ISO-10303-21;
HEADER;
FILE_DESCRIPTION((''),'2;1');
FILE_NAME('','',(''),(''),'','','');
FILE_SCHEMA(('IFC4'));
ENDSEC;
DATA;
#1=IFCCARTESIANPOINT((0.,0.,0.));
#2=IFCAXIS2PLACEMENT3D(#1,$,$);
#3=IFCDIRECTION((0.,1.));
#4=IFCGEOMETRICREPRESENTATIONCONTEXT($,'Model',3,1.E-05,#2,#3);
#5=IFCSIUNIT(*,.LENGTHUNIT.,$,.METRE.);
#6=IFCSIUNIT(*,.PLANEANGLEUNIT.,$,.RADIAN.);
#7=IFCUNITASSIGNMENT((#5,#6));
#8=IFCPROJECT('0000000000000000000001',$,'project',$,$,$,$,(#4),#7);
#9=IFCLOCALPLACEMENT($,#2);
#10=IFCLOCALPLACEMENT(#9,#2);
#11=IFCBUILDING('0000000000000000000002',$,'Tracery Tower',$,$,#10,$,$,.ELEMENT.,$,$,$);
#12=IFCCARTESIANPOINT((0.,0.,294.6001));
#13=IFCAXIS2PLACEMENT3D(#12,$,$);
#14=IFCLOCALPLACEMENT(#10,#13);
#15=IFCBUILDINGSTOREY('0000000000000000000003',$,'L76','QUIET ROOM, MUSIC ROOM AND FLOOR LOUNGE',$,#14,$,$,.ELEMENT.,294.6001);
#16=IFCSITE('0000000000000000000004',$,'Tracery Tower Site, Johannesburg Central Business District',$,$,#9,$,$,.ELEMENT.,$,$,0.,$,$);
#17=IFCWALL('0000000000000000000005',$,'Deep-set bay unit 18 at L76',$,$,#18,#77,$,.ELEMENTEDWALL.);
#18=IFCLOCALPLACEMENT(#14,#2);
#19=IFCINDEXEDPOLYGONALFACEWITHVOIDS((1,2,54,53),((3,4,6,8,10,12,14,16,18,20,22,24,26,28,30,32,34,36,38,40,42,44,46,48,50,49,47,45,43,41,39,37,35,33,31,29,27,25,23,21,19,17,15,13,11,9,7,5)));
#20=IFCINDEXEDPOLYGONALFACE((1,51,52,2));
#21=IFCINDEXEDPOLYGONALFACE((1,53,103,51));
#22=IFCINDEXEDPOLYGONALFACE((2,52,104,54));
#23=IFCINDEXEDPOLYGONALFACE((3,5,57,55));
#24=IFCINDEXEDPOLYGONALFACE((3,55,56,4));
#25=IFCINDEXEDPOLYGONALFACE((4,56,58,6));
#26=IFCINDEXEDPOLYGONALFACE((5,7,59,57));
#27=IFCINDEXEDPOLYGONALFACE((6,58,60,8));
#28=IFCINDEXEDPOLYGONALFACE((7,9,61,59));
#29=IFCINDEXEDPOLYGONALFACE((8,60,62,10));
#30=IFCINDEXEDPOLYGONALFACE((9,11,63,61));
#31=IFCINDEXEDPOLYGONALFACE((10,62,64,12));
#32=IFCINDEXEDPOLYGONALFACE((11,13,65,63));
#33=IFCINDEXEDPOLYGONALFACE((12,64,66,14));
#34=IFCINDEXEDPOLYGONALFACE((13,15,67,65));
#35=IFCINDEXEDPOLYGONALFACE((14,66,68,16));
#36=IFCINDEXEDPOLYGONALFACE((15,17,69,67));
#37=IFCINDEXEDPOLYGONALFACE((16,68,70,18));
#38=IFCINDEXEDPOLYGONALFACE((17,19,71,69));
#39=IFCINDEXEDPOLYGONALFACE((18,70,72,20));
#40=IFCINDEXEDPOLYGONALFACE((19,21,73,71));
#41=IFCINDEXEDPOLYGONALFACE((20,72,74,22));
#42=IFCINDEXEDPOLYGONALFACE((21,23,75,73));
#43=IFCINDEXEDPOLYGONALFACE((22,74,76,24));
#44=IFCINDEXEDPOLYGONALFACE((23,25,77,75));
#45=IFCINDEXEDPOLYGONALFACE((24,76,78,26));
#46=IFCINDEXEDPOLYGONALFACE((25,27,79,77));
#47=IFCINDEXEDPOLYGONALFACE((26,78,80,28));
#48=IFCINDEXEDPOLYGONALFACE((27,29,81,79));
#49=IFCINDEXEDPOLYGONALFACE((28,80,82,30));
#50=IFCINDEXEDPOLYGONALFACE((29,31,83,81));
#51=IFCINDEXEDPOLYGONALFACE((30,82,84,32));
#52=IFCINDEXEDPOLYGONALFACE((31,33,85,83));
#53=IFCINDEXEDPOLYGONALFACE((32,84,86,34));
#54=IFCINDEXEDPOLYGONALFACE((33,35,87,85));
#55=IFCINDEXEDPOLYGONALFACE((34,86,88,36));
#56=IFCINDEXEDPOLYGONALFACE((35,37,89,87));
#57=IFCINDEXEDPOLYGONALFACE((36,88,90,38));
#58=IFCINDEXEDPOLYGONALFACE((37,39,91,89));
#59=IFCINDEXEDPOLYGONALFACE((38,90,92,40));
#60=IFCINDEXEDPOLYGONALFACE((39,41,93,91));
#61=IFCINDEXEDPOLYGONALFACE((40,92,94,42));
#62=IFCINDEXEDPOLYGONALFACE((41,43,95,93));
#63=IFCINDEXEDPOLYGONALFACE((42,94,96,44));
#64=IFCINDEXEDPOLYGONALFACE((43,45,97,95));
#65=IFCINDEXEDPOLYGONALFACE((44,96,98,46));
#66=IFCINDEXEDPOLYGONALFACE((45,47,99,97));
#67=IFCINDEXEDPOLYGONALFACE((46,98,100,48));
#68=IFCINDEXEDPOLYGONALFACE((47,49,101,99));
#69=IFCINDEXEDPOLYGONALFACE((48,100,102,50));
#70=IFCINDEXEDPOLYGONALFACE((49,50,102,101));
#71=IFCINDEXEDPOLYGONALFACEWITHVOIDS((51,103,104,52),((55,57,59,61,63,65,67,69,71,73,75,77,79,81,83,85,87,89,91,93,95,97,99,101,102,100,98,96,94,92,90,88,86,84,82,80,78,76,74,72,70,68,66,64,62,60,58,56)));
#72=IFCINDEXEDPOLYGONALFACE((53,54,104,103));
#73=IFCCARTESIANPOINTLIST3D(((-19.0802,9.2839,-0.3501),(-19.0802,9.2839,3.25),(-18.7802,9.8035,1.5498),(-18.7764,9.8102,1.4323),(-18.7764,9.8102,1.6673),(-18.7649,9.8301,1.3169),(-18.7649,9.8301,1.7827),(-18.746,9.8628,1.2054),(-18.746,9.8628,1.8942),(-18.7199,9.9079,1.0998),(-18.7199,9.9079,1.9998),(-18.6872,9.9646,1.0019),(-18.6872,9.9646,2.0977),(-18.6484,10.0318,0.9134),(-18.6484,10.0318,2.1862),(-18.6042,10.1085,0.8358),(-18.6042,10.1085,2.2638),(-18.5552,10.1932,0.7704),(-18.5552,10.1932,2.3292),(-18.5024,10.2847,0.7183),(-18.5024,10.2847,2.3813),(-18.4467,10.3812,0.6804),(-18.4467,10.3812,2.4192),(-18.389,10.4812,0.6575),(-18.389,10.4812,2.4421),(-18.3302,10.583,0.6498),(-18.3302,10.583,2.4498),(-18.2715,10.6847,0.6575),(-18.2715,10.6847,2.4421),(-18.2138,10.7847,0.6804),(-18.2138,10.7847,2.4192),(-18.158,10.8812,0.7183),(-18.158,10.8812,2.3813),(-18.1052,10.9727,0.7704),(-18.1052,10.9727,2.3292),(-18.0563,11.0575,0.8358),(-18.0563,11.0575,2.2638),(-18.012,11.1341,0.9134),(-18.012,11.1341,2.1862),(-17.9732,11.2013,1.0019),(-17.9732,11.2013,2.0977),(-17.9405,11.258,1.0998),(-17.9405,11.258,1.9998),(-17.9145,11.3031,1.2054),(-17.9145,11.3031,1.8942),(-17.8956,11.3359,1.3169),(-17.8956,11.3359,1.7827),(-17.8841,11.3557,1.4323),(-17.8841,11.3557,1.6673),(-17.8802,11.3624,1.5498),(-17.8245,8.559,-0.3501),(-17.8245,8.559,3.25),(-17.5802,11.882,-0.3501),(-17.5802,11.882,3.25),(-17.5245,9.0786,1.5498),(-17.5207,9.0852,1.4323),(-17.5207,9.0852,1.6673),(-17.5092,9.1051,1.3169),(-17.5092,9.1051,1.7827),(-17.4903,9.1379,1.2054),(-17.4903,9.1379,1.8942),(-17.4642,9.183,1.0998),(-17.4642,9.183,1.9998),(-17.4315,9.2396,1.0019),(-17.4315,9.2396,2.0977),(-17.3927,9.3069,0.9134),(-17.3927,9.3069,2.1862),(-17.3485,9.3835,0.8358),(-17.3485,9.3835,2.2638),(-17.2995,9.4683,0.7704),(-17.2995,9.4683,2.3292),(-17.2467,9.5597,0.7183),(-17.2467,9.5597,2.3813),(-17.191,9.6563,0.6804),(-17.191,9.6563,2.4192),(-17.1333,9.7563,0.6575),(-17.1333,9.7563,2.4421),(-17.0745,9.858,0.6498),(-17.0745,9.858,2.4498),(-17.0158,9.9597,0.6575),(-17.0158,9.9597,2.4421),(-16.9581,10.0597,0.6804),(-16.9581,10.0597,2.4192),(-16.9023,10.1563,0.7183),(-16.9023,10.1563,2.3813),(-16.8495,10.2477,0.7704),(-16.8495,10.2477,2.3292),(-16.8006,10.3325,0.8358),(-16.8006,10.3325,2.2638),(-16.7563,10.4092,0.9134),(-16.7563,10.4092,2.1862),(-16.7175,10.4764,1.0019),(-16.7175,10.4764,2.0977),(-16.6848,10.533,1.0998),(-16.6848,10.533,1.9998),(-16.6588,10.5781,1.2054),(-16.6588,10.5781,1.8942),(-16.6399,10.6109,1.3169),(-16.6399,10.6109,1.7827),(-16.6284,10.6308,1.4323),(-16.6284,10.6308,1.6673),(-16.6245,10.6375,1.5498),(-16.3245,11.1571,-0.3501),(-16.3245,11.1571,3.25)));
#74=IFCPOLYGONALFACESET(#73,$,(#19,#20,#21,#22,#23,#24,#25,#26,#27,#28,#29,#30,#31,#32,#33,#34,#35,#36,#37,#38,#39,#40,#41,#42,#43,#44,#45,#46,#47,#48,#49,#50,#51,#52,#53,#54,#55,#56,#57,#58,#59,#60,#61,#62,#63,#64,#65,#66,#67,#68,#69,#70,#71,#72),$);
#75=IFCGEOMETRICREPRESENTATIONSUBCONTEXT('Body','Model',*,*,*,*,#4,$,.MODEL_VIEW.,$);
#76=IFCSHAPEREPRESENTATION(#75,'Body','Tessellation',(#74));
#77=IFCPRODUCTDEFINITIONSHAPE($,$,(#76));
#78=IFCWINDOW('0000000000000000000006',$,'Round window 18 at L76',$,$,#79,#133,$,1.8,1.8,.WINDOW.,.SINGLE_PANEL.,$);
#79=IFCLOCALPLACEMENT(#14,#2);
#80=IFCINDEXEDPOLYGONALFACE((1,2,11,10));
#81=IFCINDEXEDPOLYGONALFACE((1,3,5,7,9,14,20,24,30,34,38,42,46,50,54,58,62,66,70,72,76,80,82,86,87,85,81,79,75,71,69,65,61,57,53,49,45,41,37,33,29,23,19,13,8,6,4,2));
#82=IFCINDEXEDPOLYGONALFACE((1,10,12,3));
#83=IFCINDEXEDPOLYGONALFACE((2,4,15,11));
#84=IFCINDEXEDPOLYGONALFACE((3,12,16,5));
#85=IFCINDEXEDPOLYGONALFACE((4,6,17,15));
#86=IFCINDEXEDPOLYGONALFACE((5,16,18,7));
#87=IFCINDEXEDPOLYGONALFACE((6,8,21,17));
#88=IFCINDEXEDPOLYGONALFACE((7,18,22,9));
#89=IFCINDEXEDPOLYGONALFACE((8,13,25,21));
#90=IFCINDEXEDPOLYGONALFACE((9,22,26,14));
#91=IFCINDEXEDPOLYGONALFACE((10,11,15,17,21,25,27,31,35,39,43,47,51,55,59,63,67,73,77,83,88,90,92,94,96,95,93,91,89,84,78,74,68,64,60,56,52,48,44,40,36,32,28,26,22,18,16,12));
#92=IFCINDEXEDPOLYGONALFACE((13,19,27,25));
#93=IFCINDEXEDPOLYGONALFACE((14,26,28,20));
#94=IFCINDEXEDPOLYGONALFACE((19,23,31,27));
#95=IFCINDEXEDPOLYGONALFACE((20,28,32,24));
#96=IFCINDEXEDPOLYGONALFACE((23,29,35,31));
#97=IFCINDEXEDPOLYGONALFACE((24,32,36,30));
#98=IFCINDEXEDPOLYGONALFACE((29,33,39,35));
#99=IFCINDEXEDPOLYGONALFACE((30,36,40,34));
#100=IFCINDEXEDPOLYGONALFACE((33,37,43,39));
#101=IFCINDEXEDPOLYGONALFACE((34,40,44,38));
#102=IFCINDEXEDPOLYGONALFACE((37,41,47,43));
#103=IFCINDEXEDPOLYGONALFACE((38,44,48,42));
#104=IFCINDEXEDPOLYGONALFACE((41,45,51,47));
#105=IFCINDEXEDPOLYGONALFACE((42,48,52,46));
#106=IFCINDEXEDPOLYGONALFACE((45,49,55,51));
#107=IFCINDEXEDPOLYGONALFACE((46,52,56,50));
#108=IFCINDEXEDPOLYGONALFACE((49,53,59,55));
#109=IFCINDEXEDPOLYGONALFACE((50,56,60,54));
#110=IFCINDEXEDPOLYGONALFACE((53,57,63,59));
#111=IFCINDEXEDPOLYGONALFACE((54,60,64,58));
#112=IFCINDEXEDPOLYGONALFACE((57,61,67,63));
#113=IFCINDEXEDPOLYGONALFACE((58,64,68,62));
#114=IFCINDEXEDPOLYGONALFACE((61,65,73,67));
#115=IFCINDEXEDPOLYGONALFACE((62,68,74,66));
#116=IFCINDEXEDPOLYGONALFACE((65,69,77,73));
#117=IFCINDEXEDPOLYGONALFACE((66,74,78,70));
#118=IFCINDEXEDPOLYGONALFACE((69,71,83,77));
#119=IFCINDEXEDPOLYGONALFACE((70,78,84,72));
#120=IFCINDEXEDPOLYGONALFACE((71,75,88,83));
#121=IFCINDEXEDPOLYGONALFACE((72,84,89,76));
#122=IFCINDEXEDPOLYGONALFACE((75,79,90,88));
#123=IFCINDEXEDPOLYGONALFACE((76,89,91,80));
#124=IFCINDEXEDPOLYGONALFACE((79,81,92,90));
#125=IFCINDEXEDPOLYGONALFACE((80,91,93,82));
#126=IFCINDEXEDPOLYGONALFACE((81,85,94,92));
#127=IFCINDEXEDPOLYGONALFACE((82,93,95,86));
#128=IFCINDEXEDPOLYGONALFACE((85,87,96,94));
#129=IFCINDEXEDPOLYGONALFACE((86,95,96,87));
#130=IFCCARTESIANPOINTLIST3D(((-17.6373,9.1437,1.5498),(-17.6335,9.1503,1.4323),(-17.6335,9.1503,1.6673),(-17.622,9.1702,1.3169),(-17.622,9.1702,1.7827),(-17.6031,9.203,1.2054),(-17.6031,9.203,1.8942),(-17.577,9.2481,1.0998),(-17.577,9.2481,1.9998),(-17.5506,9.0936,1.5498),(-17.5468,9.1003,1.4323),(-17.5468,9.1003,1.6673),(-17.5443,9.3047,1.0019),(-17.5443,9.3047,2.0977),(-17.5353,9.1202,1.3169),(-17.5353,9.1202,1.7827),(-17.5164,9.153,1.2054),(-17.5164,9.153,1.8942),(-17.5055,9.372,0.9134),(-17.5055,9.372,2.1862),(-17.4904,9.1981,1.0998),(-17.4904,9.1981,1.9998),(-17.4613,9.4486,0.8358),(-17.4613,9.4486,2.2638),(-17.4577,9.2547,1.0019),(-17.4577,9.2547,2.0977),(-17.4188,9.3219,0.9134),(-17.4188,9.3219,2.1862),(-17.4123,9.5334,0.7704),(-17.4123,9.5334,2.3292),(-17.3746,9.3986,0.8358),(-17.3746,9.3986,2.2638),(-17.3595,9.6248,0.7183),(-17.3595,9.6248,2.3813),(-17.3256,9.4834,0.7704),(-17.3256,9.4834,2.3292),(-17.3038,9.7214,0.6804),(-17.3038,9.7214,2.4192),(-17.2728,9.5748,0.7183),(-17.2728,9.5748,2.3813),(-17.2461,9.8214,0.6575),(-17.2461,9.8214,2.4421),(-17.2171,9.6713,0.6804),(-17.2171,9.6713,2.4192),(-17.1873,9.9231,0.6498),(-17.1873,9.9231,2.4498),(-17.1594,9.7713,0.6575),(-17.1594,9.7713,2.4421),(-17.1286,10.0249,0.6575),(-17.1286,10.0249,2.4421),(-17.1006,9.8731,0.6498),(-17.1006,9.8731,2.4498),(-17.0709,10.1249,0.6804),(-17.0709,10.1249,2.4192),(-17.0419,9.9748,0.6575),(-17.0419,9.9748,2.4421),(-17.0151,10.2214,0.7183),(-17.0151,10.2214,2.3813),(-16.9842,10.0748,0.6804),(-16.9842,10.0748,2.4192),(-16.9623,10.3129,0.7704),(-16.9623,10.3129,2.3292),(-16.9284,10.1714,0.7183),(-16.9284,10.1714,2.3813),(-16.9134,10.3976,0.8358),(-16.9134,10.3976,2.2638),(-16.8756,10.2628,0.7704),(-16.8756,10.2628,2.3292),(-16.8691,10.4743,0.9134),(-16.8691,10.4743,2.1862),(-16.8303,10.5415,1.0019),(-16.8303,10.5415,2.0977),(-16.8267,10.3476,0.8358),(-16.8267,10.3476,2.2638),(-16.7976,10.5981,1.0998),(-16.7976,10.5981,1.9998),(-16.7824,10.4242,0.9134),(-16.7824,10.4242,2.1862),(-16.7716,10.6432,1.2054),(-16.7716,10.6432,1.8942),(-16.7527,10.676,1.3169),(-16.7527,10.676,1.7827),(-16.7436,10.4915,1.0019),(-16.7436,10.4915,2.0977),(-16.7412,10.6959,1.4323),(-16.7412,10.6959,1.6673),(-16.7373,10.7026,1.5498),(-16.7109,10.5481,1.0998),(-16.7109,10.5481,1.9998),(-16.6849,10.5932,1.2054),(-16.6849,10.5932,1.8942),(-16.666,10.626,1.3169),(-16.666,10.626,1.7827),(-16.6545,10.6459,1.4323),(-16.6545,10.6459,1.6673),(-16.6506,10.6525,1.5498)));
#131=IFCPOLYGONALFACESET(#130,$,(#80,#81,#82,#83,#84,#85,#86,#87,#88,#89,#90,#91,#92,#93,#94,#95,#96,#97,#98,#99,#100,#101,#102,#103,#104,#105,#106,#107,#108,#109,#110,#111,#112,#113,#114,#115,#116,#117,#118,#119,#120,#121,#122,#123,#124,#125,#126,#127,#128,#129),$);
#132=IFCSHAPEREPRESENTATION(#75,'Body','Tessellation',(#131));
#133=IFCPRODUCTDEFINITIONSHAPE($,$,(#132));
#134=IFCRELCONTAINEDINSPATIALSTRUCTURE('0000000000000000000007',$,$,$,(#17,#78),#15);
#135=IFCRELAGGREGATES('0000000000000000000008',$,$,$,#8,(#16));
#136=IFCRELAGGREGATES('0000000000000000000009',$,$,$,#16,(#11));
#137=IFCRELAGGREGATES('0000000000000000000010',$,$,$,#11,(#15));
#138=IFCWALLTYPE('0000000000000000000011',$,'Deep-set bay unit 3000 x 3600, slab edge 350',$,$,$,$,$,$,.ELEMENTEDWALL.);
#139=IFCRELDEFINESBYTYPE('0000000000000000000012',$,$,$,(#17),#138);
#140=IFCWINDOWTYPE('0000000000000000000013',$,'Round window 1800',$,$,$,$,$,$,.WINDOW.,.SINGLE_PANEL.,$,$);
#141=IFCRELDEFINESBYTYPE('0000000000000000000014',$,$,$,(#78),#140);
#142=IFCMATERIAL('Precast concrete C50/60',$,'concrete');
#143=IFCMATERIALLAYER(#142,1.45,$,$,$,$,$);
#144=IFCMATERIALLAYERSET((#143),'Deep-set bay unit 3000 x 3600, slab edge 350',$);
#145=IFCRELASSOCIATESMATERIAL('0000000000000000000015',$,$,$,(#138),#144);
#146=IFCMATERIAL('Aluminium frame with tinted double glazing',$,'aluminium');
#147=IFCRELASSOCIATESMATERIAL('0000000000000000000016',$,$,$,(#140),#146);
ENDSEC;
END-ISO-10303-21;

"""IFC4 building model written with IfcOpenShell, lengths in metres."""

from ifc_helpers import new_model, si_unit, direction, frame, frame_2d, origin, origin_2d, place, context, subcontext, project, spatial, rectangle, circle, extrude, material, layer, layer_set, type_object, element, fill, save


model = new_model("IFC4")

# Units and contexts
model_context = context("Model", 3, precision=1e-05, world=origin(), true_north=direction((0.0, 1.0)))
body_context = subcontext(model_context, "Body", "Model", "MODEL_VIEW")
ifc_project = project(units=[si_unit("LENGTHUNIT", "METRE"), si_unit("PLANEANGLEUNIT", "RADIAN")], contexts=[model_context])

# Site, building, storey
site_placement = place(None, origin())
site = spatial("IfcSite", under=ifc_project, at=site_placement, Name="Tracery Tower Site, Johannesburg Central Business District", CompositionType="ELEMENT", RefElevation=0.0)
building_placement = place(site_placement, origin())
building = spatial("IfcBuilding", under=site, at=building_placement, Name="Tracery Tower", CompositionType="ELEMENT")
storey_placement = place(building_placement, frame((0.0, 0.0, 294.6001)))
storey = spatial("IfcBuildingStorey", under=building, at=storey_placement, Name="L76", Description="QUIET ROOM, MUSIC ROOM AND FLOOR LOUNGE", CompositionType="ELEMENT", Elevation=294.6001)

# Wall, opening, window
ifc_material_1 = material(Name="Precast concrete C50/60", Category="concrete")
ifc_layer_1 = layer(ifc_material_1, 1.45)
ifc_layer_set_1 = layer_set([ifc_layer_1], Name="Deep-set bay unit 3000 x 3600, slab edge 350")
wall_type_1 = type_object("IfcWallType", Name="Deep-set bay unit 3000 x 3600, slab edge 350", PredefinedType="ELEMENTEDWALL", material=ifc_layer_set_1)
ifc_material_2 = material(Name="Aluminium frame with tinted double glazing", Category="aluminium")
window_type = type_object("IfcWindowType", Name="Round window 1800", PartitioningType="SINGLE_PANEL", PredefinedType="WINDOW", material=ifc_material_2)
wall_1_placement = place(storey_placement, frame((-16.9524, 11.5195, -0.3501), z_axis=(0.0, 0.0, 1.0), x_axis=(-0.49999, -0.866031, 0.0)))
wall_1 = element("IfcWall", 1, at=wall_1_placement, inside=storey, type_object=wall_type_1, Name="Deep-set bay unit 18 at L76", PredefinedType="ELEMENTEDWALL", context=body_context, shape_type="SweptSolid", body=[
    extrude(rectangle(XDim=3.0, YDim=1.45, at=frame_2d((1.5, 0.0))), origin(), (0.0, 0.0, 1.0), 3.6001),
])
opening_1_placement = place(wall_1_placement, frame((1.5, 0.0, 1.8999)))
opening_1 = element("IfcOpeningElement", 2, at=opening_1_placement, cuts=wall_1, PredefinedType="OPENING", context=body_context, shape_type="SweptSolid", body=[
    extrude(circle(Radius=0.9, at=origin_2d()), frame((0.0, 0.7349, 0.0), z_axis=(0.0, -1.0, 0.0), x_axis=(1.0, 0.0, 0.0)), (0.0, 0.0, 1.0), 1.47),
])
window_1_placement = place(opening_1_placement, origin())
window_1 = element("IfcWindow", 3, at=window_1_placement, inside=storey, type_object=window_type, Name="Round window 18 at L76", OverallHeight=1.8, OverallWidth=1.8, PartitioningType="SINGLE_PANEL", PredefinedType="WINDOW", context=body_context, shape_type="SweptSolid", body=[
    extrude(circle(Radius=0.9, at=origin_2d()), frame((0.0, 0.6948, 0.0), z_axis=(0.0, -1.0, 0.0), x_axis=(1.0, 0.0, 0.0)), (0.0, 0.0, 1.0), 0.1001),
])
fill(opening_1, window_1)

save(model, "model.ifc")
